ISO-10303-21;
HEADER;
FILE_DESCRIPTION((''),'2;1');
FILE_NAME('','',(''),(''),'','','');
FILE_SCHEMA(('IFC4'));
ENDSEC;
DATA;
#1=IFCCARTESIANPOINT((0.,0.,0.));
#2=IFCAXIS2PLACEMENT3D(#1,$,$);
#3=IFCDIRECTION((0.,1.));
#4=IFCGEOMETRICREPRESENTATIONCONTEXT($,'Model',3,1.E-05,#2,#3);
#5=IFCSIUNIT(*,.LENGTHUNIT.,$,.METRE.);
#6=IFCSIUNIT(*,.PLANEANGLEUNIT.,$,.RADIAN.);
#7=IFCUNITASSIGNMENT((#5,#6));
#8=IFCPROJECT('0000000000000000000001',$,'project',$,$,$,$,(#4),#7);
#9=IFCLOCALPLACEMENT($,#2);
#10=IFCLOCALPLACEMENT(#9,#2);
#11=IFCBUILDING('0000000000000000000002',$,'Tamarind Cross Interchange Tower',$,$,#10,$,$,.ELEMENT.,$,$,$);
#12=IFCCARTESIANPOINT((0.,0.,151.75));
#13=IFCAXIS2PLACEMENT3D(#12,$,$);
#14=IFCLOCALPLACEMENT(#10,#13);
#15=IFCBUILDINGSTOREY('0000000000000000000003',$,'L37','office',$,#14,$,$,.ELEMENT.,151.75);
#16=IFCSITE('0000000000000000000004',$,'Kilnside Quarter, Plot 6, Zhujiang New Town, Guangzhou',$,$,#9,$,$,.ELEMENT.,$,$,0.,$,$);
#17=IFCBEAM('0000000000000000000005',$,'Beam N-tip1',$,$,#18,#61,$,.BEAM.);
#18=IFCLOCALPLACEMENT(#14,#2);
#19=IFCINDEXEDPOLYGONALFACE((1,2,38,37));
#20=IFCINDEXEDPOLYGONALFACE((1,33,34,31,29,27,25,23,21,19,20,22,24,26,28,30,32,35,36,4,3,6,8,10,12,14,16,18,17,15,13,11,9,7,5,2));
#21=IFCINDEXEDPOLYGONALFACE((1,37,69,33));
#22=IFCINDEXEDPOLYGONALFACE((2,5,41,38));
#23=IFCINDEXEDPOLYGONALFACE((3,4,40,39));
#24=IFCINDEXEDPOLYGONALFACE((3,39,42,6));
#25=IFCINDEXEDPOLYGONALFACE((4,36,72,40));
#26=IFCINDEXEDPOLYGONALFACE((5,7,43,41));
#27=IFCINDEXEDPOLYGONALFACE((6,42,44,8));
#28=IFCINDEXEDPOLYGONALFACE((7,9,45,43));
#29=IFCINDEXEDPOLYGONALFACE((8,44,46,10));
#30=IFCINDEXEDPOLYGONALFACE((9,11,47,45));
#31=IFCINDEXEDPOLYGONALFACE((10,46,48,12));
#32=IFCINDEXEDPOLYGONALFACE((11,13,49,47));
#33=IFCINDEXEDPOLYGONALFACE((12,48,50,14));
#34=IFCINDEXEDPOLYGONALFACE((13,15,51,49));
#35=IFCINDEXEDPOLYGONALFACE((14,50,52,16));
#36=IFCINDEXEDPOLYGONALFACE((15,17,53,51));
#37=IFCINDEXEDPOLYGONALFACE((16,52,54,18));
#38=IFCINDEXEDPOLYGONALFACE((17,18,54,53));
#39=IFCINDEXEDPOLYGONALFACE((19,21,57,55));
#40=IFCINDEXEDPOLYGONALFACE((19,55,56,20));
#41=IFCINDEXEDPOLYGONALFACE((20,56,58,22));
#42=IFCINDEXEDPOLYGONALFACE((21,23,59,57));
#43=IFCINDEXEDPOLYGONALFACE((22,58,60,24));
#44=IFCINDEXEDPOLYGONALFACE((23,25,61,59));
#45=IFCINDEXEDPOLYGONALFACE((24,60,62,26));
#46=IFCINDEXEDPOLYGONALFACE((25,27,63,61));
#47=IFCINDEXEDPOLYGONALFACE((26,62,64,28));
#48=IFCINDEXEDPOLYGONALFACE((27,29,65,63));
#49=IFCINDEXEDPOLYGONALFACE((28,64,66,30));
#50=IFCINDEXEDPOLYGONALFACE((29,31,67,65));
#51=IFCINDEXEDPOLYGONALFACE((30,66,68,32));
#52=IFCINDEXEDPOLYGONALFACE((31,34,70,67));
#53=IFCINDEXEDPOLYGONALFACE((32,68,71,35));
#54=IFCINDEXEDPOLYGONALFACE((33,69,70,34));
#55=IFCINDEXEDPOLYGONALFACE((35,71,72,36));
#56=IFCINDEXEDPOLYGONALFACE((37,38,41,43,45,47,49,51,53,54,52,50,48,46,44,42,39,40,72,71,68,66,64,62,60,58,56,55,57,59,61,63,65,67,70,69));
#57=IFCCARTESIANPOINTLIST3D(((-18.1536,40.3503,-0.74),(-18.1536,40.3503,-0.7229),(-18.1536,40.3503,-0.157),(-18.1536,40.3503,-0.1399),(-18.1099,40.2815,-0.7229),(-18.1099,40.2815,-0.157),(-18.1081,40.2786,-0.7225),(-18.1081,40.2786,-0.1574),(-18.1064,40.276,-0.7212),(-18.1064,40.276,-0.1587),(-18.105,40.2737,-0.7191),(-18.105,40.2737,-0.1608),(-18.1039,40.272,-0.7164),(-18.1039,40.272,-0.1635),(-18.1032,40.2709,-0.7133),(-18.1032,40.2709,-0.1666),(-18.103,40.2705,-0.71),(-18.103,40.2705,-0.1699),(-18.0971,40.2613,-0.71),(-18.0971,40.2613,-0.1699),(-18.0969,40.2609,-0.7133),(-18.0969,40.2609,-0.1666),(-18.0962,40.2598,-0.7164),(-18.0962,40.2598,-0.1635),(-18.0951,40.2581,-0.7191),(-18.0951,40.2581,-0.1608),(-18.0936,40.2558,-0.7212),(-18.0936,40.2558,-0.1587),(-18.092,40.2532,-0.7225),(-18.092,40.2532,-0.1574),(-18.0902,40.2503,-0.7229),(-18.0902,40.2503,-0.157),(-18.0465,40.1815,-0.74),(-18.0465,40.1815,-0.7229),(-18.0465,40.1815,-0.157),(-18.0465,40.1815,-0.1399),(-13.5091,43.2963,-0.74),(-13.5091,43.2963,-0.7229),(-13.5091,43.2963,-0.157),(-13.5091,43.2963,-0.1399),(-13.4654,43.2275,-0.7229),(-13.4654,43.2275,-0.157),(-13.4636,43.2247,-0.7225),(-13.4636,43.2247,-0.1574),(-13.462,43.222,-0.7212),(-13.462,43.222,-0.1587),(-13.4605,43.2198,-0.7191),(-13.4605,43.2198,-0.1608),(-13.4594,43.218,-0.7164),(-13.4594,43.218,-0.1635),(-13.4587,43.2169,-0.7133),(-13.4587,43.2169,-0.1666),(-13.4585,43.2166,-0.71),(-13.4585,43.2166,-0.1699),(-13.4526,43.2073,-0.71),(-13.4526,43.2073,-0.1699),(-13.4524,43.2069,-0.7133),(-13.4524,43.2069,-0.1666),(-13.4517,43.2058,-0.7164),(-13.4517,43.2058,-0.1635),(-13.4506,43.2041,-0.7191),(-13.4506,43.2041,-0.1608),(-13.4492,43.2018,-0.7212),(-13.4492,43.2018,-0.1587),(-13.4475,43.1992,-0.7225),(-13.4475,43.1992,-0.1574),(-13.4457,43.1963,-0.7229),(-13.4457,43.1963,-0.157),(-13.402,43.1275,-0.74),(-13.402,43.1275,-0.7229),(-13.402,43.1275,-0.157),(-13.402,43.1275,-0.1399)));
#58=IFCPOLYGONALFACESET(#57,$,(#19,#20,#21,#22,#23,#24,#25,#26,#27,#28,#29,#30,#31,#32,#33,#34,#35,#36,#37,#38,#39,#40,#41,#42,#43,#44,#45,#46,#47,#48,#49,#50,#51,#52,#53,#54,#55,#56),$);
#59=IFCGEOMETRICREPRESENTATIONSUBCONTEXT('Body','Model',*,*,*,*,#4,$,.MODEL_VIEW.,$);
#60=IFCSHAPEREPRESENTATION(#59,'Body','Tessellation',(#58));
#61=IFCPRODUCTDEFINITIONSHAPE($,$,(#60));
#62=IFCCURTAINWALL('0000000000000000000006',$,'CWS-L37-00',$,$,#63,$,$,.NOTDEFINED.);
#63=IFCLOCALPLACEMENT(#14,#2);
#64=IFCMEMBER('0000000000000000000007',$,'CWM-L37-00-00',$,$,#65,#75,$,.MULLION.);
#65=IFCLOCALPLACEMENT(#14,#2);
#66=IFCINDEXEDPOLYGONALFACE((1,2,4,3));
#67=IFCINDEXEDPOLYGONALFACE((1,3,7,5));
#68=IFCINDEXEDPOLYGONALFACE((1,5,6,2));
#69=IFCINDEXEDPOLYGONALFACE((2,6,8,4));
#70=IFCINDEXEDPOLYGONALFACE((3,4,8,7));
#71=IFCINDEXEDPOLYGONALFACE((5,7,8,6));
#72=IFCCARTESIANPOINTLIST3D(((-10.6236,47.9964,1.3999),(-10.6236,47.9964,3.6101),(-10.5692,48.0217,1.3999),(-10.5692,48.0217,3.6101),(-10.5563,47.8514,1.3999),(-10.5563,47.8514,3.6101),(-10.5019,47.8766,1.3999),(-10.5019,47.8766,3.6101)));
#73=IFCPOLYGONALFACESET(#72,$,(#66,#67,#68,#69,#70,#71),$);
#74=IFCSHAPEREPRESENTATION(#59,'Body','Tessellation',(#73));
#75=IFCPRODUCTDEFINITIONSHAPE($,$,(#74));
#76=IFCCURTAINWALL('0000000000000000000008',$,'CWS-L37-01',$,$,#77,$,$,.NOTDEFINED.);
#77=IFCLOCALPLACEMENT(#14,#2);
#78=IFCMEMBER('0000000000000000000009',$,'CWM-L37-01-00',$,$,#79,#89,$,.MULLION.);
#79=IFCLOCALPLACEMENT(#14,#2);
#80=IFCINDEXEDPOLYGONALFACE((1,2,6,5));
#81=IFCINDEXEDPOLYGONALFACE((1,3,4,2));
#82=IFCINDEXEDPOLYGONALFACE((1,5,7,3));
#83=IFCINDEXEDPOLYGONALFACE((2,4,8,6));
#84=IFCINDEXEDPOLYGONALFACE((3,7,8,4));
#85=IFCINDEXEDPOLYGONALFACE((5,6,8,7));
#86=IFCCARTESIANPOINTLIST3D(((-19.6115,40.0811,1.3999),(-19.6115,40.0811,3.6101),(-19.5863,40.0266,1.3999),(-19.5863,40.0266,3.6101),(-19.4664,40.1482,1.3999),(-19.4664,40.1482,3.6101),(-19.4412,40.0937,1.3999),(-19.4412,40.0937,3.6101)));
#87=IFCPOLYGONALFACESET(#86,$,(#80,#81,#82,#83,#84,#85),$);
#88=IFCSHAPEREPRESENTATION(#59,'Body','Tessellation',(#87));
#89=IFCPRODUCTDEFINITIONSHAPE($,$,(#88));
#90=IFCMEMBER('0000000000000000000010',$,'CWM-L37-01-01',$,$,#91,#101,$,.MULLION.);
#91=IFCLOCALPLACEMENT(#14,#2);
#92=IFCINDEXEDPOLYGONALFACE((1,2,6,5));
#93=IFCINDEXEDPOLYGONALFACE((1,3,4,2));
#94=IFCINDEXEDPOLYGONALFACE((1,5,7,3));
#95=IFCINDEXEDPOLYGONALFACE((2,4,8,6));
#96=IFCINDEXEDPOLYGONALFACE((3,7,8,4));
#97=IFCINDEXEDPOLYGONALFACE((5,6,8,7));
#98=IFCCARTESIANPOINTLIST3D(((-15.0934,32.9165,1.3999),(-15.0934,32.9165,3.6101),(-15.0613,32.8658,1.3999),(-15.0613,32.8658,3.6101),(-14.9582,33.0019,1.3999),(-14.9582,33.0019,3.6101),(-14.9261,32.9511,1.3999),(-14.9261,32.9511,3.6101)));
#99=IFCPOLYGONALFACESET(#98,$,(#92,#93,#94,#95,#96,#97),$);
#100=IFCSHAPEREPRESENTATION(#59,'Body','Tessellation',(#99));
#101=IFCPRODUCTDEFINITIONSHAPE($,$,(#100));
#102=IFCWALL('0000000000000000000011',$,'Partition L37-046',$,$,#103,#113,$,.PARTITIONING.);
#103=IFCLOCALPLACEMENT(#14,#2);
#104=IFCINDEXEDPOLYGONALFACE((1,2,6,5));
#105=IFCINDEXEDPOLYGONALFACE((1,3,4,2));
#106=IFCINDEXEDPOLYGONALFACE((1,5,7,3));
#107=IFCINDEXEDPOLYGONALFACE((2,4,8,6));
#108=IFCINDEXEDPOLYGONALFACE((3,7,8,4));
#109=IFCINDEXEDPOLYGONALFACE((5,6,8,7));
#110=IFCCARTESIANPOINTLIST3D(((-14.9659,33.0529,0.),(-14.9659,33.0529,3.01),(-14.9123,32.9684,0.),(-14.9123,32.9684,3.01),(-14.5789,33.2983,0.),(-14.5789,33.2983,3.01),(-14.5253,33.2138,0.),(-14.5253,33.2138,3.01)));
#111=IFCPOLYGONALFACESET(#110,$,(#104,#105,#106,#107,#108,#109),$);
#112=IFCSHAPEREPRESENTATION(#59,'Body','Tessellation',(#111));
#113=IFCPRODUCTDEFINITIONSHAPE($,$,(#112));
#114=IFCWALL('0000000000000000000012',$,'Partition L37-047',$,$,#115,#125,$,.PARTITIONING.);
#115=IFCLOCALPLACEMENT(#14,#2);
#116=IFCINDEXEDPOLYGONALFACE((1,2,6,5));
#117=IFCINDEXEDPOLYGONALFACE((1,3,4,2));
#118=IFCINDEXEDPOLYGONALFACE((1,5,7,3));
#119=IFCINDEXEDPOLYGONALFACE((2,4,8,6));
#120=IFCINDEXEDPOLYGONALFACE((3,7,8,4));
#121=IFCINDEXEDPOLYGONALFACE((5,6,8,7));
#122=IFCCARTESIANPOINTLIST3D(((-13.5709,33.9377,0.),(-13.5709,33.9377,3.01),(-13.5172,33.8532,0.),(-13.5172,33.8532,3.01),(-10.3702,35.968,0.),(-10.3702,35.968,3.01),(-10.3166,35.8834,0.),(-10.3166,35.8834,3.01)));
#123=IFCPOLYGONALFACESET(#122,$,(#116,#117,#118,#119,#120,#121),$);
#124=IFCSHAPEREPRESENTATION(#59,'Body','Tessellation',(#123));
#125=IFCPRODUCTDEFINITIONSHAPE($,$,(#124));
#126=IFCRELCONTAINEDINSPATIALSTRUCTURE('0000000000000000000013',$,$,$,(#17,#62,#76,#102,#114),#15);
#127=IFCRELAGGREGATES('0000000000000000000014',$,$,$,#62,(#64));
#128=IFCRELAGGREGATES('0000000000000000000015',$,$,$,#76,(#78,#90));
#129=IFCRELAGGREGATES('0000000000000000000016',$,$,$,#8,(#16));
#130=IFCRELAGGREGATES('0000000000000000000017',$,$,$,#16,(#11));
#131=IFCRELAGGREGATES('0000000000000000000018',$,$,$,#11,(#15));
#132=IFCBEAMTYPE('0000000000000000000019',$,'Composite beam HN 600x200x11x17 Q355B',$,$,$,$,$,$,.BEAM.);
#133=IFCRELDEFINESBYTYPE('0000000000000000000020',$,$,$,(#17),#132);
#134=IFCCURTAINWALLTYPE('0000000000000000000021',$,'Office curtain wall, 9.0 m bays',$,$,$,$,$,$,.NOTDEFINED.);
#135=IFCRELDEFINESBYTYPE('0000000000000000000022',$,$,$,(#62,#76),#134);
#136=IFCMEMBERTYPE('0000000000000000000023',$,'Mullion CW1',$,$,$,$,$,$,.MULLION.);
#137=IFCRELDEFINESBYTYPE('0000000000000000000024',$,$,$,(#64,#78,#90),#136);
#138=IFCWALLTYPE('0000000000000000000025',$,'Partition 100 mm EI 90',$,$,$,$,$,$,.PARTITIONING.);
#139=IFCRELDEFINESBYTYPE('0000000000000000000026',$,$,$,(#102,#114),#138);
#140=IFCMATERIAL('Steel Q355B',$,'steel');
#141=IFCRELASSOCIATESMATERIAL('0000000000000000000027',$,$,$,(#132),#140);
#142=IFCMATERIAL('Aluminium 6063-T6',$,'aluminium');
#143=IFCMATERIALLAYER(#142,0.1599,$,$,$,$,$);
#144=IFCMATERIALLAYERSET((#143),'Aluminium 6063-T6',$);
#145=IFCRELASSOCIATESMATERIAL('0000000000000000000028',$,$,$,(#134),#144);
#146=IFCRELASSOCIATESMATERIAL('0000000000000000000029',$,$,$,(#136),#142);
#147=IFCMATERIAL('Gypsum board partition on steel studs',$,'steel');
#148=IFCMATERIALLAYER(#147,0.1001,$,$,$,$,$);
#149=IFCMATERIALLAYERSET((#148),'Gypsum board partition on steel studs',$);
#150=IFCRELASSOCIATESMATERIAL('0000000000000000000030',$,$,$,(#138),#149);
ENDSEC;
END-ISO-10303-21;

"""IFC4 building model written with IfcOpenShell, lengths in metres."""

from ifc_helpers import new_model, si_unit, direction, frame, frame_2d, origin, origin_2d, place, context, subcontext, project, spatial, rectangle, i_section, extrude, material, layer, layer_set, material_profile, profile_set, type_object, element, aggregate, save


model = new_model("IFC4")

# Units and contexts
model_context = context("Model", 3, precision=1e-05, world=origin(), true_north=direction((0.0, 1.0)))
body_context = subcontext(model_context, "Body", "Model", "MODEL_VIEW")
ifc_project = project(units=[si_unit("LENGTHUNIT", "METRE"), si_unit("PLANEANGLEUNIT", "RADIAN")], contexts=[model_context])

# Site, building, storey
site_placement = place(None, origin())
site = spatial("IfcSite", under=ifc_project, at=site_placement, Name="Kilnside Quarter, Plot 6, Zhujiang New Town, Guangzhou", CompositionType="ELEMENT", RefElevation=0.0)
building_placement = place(site_placement, origin())
building = spatial("IfcBuilding", under=site, at=building_placement, Name="Tamarind Cross Interchange Tower", CompositionType="ELEMENT")
storey_placement = place(building_placement, frame((0.0, 0.0, 151.75)))
storey = spatial("IfcBuildingStorey", under=building, at=storey_placement, Name="L37", Description="office", CompositionType="ELEMENT", Elevation=151.75)

# Beam
ifc_material_1 = material(Name="Steel Q355B", Category="steel")
ifc_material_profile_1 = material_profile(ifc_material_1, i_section(OverallWidth=0.2, OverallDepth=0.6001, WebThickness=0.011, FlangeThickness=0.0171, FilletRadius=0.0129, at=origin_2d()), Name="HN 600x200x11x17")
ifc_profile_set_1 = profile_set([ifc_material_profile_1], Name="Steel Q355B")
beam_type_1 = type_object("IfcBeamType", Name="Composite beam HN 600x200x11x17 Q355B", PredefinedType="BEAM", material=ifc_profile_set_1)
beam_1_placement = place(storey_placement, frame((-13.4556, 43.2119, -0.4399), z_axis=(-0.844448, -0.535637, 0.0), x_axis=(0.535637, -0.844448, 0.0)))
element("IfcBeam", 1, at=beam_1_placement, inside=storey, type_object=beam_type_1, Name="Beam N-tip1", PredefinedType="BEAM", context=body_context, shape_type="SweptSolid", body=[
    extrude(i_section(OverallWidth=0.2, OverallDepth=0.6001, WebThickness=0.011, FlangeThickness=0.0171, FilletRadius=0.0129, at=origin_2d()), origin(), (0.0, 0.0, 1.0), 5.5),
])

# Curtain wall, member
ifc_material_2 = material(Name="Aluminium 6063-T6", Category="aluminium")
ifc_layer_1 = layer(ifc_material_2, 0.1599)
ifc_layer_set_1 = layer_set([ifc_layer_1], Name="Aluminium 6063-T6")
curtain_wall_type = type_object("IfcCurtainWallType", Name="Office curtain wall, 9.0 m bays", PredefinedType="NOTDEFINED", material=ifc_layer_set_1)
curtain_wall_1_placement = place(storey_placement, origin())
curtain_wall_1 = element("IfcCurtainWall", 2, at=curtain_wall_1_placement, inside=storey, type_object=curtain_wall_type, Name="CWS-L37-00", PredefinedType="NOTDEFINED")
ifc_material_profile_2 = material_profile(ifc_material_2, rectangle(XDim=0.0601, YDim=0.1599, at=origin_2d()), Name="Mullion CW1")
ifc_profile_set_2 = profile_set([ifc_material_profile_2], Name="Aluminium 6063-T6")
member_type = type_object("IfcMemberType", Name="Mullion CW1", PredefinedType="MULLION", material=ifc_profile_set_2)
member_1_placement = place(storey_placement, frame((-10.5627, 47.9365, 1.3999), z_axis=(0.0, 0.0, 1.0), x_axis=(-0.907126, -0.420858, 0.0)))
member_1 = element("IfcMember", 3, at=member_1_placement, type_object=member_type, Name="CWM-L37-00-00", PredefinedType="MULLION", context=body_context, shape_type="SweptSolid", body=[
    extrude(rectangle(XDim=0.0601, YDim=0.1599, at=origin_2d()), origin(), (0.0, 0.0, 1.0), 2.2102),
])
aggregate(curtain_wall_1, [member_1])

# Curtain wall, members
curtain_wall_2_placement = place(storey_placement, origin())
curtain_wall_2 = element("IfcCurtainWall", 4, at=curtain_wall_2_placement, inside=storey, type_object=curtain_wall_type, Name="CWS-L37-01", PredefinedType="NOTDEFINED")
member_2_placement = place(storey_placement, frame((-19.5264, 40.0874, 1.3999), z_axis=(0.0, 0.0, 1.0), x_axis=(0.419902, -0.907569, 0.0)))
member_2 = element("IfcMember", 5, at=member_2_placement, type_object=member_type, Name="CWM-L37-01-00", PredefinedType="MULLION", context=body_context, shape_type="SweptSolid", body=[
    extrude(rectangle(XDim=0.0601, YDim=0.1599, at=origin_2d()), origin(), (0.0, 0.0, 1.0), 2.2102),
])
member_3_placement = place(storey_placement, frame((-15.0098, 32.9338, 1.3999), z_axis=(0.0, 0.0, 1.0), x_axis=(0.533881, -0.84556, 0.0)))
member_3 = element("IfcMember", 6, at=member_3_placement, type_object=member_type, Name="CWM-L37-01-01", PredefinedType="MULLION", context=body_context, shape_type="SweptSolid", body=[
    extrude(rectangle(XDim=0.0601, YDim=0.1599, at=origin_2d()), origin(), (0.0, 0.0, 1.0), 2.2102),
])
aggregate(curtain_wall_2, [member_2, member_3])

# Walls
ifc_material_3 = material(Name="Gypsum board partition on steel studs", Category="steel")
ifc_layer_2 = layer(ifc_material_3, 0.1001)
ifc_layer_set_2 = layer_set([ifc_layer_2], Name="Gypsum board partition on steel studs")
wall_type_1 = type_object("IfcWallType", Name="Partition 100 mm EI 90", PredefinedType="PARTITIONING", material=ifc_layer_set_2)
wall_1_placement = place(storey_placement, frame((-14.939, 33.0107, 0.0), z_axis=(0.0, 0.0, 1.0), x_axis=(0.844538, 0.535496, 0.0)))
element("IfcWall", 7, at=wall_1_placement, inside=storey, type_object=wall_type_1, Name="Partition L37-046", PredefinedType="PARTITIONING", context=body_context, shape_type="SweptSolid", body=[
    extrude(rectangle(XDim=0.4583, YDim=0.1001, at=frame_2d((0.229, 0.0))), origin(), (0.0, 0.0, 1.0), 3.01),
])
wall_2_placement = place(storey_placement, frame((-13.5439, 33.8955, 0.0), z_axis=(0.0, 0.0, 1.0), x_axis=(0.84444, 0.53565, 0.0)))
element("IfcWall", 8, at=wall_2_placement, inside=storey, type_object=wall_type_1, Name="Partition L37-047", PredefinedType="PARTITIONING", context=body_context, shape_type="SweptSolid", body=[
    extrude(rectangle(XDim=3.7903, YDim=0.1001, at=frame_2d((1.895, 0.0))), origin(), (0.0, 0.0, 1.0), 3.01),
])

save(model, "model.ifc")
